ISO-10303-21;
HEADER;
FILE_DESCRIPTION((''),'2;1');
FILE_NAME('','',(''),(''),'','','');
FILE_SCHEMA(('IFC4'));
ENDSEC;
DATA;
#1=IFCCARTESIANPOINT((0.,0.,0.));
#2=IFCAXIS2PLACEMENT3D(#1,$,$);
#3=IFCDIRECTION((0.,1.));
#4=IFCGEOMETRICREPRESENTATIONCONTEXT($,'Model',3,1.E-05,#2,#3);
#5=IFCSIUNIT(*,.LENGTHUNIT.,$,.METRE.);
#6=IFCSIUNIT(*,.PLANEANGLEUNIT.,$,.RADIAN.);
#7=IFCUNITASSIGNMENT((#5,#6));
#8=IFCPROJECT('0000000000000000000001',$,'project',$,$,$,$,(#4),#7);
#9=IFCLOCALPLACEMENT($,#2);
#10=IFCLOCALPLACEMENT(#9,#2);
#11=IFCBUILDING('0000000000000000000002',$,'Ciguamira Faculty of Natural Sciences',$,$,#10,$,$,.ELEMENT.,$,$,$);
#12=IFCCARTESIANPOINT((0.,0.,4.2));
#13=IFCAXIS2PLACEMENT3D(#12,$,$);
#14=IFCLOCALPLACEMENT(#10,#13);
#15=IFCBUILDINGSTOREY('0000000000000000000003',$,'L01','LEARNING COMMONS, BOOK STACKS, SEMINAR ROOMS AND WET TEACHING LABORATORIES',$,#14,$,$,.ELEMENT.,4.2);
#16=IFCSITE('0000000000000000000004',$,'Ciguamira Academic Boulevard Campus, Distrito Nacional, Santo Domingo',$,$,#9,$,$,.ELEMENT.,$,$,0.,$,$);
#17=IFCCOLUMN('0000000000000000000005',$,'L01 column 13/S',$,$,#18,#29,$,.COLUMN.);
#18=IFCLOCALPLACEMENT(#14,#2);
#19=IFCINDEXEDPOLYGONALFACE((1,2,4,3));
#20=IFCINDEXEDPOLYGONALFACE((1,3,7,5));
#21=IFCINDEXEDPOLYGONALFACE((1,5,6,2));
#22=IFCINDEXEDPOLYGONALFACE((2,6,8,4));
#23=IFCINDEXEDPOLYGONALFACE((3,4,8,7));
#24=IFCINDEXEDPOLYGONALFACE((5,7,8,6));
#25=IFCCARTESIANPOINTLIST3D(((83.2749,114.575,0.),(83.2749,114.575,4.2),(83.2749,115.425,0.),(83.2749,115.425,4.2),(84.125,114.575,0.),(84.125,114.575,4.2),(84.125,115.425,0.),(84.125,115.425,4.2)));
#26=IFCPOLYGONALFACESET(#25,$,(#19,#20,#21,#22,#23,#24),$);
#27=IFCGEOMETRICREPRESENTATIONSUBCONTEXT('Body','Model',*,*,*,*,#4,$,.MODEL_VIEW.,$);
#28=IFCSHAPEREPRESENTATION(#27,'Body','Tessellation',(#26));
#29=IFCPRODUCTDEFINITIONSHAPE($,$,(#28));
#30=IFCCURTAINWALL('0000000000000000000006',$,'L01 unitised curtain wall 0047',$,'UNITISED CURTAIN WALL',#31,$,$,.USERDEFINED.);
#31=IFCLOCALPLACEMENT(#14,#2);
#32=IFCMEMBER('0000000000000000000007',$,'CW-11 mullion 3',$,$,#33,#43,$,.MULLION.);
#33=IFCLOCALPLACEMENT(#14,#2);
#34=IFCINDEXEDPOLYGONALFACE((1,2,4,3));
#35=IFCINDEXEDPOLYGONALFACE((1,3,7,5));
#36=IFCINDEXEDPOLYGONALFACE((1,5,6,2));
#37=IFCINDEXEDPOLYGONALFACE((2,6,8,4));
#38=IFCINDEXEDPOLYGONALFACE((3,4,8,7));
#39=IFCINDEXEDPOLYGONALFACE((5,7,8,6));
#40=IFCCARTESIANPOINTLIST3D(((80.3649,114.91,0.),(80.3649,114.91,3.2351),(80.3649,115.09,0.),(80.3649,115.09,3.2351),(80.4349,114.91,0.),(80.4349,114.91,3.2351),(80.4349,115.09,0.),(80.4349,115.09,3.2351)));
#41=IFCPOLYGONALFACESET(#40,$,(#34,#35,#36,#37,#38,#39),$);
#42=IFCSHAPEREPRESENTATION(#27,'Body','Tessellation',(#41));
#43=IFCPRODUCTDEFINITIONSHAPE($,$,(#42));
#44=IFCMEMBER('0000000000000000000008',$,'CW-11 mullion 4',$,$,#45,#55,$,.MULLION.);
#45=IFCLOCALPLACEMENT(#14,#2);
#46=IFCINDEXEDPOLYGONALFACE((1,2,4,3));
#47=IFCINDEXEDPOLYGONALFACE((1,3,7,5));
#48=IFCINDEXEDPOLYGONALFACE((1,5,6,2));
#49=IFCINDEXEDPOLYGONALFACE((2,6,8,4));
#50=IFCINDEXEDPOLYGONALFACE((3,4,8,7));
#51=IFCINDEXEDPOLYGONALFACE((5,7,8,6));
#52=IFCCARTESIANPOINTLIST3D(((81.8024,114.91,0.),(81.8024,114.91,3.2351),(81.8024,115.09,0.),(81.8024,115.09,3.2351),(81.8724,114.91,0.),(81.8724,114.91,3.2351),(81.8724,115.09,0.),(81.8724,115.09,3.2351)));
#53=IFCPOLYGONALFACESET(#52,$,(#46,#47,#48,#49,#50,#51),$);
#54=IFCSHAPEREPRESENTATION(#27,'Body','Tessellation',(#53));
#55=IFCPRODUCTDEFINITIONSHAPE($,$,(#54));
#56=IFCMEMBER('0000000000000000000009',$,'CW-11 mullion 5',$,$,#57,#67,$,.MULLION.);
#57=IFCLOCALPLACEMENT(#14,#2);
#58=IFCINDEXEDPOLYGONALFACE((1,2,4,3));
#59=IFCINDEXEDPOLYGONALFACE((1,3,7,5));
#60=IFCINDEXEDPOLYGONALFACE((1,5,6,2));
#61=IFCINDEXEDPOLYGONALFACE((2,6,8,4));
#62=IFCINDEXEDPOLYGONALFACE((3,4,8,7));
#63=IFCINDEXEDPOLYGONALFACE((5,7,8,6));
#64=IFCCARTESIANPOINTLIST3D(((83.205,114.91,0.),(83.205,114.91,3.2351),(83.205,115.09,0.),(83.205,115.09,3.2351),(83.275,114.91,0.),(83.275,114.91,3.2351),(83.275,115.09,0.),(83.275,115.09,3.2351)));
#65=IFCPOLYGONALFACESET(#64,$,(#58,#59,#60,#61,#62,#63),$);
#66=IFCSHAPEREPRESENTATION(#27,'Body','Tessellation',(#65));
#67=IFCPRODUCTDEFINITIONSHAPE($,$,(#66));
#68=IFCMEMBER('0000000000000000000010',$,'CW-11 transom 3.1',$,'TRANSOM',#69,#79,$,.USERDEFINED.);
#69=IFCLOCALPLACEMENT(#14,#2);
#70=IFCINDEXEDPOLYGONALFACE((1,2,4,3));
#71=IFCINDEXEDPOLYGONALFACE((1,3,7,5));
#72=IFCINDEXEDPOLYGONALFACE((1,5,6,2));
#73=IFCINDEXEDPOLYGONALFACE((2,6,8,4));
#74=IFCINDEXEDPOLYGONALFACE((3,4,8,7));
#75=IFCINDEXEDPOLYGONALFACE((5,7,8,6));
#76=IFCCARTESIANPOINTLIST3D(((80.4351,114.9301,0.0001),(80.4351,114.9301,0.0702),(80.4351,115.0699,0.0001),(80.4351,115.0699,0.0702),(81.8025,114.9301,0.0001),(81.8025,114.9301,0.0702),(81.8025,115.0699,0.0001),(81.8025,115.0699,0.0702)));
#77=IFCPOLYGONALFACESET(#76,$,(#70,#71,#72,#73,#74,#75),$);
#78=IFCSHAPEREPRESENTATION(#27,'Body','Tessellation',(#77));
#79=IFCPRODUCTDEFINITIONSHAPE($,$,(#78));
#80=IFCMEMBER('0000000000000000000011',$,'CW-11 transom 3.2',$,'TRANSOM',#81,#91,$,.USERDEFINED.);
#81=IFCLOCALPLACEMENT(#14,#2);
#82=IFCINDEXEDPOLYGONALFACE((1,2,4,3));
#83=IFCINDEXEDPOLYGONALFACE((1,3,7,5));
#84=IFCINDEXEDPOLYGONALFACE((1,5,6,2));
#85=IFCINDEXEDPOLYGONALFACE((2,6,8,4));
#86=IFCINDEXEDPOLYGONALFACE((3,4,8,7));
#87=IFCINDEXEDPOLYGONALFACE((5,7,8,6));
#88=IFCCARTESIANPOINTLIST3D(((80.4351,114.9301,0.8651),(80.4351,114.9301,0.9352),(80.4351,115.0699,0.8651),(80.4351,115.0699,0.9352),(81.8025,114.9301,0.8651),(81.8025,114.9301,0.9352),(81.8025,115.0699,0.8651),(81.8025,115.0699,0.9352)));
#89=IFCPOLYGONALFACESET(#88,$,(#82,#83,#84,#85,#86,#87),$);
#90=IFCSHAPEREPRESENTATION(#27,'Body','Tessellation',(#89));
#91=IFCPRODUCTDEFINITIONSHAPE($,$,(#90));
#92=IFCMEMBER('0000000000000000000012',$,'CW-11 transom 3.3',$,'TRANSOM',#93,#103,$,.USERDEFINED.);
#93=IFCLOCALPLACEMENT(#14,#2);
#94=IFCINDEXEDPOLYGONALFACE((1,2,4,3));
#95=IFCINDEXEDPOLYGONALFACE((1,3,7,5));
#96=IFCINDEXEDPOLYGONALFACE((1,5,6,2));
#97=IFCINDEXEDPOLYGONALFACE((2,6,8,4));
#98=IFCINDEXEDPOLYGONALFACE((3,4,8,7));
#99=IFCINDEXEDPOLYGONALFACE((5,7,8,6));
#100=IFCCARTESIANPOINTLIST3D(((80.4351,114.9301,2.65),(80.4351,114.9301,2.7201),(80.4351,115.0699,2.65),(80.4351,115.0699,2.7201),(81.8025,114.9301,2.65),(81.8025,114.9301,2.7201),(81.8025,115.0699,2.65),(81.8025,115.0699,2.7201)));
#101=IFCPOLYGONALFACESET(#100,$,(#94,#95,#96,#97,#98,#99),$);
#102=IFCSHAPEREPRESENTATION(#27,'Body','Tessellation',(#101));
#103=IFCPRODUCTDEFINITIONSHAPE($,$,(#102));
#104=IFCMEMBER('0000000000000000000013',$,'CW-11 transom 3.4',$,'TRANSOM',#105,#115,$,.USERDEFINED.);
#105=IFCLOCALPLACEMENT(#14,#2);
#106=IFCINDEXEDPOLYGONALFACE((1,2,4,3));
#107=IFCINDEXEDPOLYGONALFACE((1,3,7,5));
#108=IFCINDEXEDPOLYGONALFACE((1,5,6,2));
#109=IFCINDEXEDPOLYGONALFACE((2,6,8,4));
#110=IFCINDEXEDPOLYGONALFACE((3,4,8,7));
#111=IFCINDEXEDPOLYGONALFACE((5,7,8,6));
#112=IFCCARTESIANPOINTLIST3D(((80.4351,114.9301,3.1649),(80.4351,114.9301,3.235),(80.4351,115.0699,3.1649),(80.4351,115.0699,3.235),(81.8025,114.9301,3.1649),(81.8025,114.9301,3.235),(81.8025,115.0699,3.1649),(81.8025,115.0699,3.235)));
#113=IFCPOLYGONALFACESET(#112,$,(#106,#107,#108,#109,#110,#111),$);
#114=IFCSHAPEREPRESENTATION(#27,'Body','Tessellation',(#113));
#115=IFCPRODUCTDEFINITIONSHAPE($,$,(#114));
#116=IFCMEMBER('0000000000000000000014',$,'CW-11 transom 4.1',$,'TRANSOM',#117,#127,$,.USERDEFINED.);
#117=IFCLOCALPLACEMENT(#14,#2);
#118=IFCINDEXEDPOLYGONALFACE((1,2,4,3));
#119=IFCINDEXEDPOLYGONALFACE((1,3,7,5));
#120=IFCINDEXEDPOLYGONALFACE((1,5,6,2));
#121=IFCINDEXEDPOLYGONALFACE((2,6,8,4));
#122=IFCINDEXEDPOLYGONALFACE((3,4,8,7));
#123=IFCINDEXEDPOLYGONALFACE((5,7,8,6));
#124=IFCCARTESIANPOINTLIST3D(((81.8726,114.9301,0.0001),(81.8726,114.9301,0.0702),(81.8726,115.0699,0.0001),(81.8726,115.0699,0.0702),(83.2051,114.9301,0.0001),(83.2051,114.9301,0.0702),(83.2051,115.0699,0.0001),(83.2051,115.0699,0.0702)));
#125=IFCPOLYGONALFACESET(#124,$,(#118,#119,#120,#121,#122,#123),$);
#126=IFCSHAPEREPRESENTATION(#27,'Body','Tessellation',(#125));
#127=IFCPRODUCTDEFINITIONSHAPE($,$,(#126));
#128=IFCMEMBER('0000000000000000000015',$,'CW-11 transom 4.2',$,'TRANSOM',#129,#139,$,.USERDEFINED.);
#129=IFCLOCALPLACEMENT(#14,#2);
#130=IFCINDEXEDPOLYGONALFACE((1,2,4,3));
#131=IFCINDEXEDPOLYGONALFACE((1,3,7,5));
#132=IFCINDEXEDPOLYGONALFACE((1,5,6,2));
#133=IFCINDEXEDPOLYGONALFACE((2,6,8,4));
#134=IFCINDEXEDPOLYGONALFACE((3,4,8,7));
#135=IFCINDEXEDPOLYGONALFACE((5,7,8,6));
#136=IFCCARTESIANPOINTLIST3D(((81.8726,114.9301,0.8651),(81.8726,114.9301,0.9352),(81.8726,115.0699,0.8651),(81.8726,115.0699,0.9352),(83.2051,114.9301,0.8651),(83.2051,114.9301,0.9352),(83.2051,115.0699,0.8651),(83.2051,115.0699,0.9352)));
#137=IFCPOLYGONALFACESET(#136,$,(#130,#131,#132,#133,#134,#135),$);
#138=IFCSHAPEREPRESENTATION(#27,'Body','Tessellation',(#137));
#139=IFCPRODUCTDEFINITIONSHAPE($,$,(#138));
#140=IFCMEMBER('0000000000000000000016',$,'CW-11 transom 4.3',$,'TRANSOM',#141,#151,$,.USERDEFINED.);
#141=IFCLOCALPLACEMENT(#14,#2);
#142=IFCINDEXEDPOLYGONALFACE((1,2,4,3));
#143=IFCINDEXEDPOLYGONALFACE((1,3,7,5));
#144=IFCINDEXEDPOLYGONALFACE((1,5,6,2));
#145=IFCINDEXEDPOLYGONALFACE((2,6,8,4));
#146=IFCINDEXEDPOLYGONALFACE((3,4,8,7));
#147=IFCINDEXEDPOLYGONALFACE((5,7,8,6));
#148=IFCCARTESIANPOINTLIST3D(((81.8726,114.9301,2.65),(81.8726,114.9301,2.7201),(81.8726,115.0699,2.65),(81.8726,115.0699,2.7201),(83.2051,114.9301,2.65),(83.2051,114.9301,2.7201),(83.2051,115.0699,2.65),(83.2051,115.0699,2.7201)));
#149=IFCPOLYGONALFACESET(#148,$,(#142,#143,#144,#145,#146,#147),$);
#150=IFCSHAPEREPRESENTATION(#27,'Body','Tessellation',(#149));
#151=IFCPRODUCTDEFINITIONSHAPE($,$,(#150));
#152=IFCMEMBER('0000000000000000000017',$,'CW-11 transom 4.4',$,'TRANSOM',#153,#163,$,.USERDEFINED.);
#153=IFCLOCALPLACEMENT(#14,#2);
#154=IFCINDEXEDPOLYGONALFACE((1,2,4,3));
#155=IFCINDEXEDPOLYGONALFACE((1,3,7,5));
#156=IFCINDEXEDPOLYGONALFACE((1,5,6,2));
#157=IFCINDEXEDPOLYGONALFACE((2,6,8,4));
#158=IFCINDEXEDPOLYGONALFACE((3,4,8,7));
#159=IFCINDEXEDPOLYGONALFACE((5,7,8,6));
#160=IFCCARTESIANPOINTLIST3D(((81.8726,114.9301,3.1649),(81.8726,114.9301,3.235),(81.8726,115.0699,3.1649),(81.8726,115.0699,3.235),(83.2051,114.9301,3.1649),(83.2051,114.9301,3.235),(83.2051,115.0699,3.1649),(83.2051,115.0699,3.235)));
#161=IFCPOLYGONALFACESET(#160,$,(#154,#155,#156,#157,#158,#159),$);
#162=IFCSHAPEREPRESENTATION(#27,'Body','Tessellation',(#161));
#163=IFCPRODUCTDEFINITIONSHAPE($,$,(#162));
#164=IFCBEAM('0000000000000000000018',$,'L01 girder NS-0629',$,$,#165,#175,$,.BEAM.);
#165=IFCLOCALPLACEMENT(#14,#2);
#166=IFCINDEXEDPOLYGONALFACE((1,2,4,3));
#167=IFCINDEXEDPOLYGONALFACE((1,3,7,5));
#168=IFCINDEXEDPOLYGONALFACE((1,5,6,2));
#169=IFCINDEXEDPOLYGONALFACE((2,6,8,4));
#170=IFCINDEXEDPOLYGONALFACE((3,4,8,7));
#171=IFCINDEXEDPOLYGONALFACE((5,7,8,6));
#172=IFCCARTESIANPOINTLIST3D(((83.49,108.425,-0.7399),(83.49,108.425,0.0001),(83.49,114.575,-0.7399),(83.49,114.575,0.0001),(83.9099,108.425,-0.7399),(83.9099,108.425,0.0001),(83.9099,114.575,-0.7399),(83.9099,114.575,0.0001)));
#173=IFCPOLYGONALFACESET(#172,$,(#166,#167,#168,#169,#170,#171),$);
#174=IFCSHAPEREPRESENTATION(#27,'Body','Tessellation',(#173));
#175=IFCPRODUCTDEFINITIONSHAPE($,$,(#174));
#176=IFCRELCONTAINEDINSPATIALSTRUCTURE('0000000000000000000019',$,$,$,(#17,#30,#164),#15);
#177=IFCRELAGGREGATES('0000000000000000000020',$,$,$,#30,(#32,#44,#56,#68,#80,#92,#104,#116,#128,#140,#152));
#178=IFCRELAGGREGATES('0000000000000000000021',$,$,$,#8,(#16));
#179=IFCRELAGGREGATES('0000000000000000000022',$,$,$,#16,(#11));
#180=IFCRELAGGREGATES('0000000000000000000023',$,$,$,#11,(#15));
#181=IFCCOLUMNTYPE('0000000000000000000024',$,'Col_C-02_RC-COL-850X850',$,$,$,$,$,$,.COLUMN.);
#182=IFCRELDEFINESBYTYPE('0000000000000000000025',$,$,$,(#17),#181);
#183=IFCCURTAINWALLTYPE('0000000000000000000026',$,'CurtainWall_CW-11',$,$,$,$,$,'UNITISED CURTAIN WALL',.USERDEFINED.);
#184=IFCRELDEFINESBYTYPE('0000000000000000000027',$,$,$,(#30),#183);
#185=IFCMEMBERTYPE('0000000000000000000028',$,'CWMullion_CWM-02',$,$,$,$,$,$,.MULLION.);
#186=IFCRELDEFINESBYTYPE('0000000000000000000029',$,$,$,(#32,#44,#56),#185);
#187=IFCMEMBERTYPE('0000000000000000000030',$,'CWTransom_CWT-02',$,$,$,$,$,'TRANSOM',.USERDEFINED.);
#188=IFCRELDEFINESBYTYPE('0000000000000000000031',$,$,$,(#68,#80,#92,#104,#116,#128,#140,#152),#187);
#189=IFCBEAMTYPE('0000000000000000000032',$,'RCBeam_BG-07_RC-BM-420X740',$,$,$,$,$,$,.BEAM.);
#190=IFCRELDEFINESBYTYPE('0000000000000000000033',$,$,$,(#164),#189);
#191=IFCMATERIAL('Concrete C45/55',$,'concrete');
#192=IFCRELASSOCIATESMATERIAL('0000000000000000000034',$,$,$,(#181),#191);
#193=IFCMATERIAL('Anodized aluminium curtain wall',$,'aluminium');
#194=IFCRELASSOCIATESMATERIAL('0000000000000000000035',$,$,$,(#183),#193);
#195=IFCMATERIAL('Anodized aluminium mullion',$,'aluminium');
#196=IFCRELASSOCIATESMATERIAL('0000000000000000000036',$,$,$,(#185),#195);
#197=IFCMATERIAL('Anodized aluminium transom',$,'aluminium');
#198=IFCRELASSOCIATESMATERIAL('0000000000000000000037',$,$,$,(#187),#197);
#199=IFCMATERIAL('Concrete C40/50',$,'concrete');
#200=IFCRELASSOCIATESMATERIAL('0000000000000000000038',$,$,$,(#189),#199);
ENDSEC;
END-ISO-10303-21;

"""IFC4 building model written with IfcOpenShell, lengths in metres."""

from ifc_helpers import new_model, si_unit, direction, frame, origin, origin_2d, place, context, subcontext, project, spatial, rectangle, extrude, material, material_profile, profile_set, type_object, element, aggregate, save


model = new_model("IFC4")

# Units and contexts
model_context = context("Model", 3, precision=1e-05, world=origin(), true_north=direction((0.0, 1.0)))
body_context = subcontext(model_context, "Body", "Model", "MODEL_VIEW")
ifc_project = project(units=[si_unit("LENGTHUNIT", "METRE"), si_unit("PLANEANGLEUNIT", "RADIAN")], contexts=[model_context])

# Site, building, storey
site_placement = place(None, origin())
site = spatial("IfcSite", under=ifc_project, at=site_placement, Name="Ciguamira Academic Boulevard Campus, Distrito Nacional, Santo Domingo", CompositionType="ELEMENT", RefElevation=0.0)
building_placement = place(site_placement, origin())
building = spatial("IfcBuilding", under=site, at=building_placement, Name="Ciguamira Faculty of Natural Sciences", CompositionType="ELEMENT")
storey_placement = place(building_placement, frame((0.0, 0.0, 4.2)))
storey = spatial("IfcBuildingStorey", under=building, at=storey_placement, Name="L01", Description="LEARNING COMMONS, BOOK STACKS, SEMINAR ROOMS AND WET TEACHING LABORATORIES", CompositionType="ELEMENT", Elevation=4.2)

# Column
ifc_material_1 = material(Name="Concrete C45/55", Category="concrete")
ifc_material_profile_1 = material_profile(ifc_material_1, rectangle(XDim=0.8501, YDim=0.8501, at=origin_2d()), Name="RC-COL-850X850")
ifc_profile_set_1 = profile_set([ifc_material_profile_1], Name="Concrete C45/55")
column_type = type_object("IfcColumnType", Name="Col_C-02_RC-COL-850X850", PredefinedType="COLUMN", material=ifc_profile_set_1)
column_placement = place(storey_placement, frame((83.7, 115.0, 0.0), z_axis=(0.0, 0.0, 1.0), x_axis=(1.0, 0.0, 0.0)))
element("IfcColumn", 1, at=column_placement, inside=storey, type_object=column_type, Name="L01 column 13/S", PredefinedType="COLUMN", context=body_context, shape_type="SweptSolid", body=[
    extrude(rectangle(XDim=0.8501, YDim=0.8501, at=origin_2d()), origin(), (0.0, 0.0, 1.0), 4.2),
])

# Curtain wall, members
ifc_material_2 = material(Name="Anodized aluminium curtain wall", Category="aluminium")
curtain_wall_type = type_object("IfcCurtainWallType", Name="CurtainWall_CW-11", ElementType="UNITISED CURTAIN WALL", PredefinedType="USERDEFINED", material=ifc_material_2)
curtain_wall_placement = place(storey_placement, origin())
curtain_wall = element("IfcCurtainWall", 2, at=curtain_wall_placement, inside=storey, type_object=curtain_wall_type, Name="L01 unitised curtain wall 0047", ObjectType="UNITISED CURTAIN WALL", PredefinedType="USERDEFINED")
ifc_material_3 = material(Name="Anodized aluminium mullion", Category="aluminium")
ifc_material_profile_2 = material_profile(ifc_material_3, rectangle(XDim=0.0701, YDim=0.1799, at=origin_2d()), Name="ALU-MUL-70X180")
ifc_profile_set_2 = profile_set([ifc_material_profile_2], Name="Anodized aluminium mullion")
member_type_1 = type_object("IfcMemberType", Name="CWMullion_CWM-02", PredefinedType="MULLION", material=ifc_profile_set_2)
member_1_placement = place(storey_placement, frame((80.3999, 115.0, 0.0), z_axis=(0.0, 0.0, 1.0), x_axis=(1.0, 0.0, 0.0)))
member_1 = element("IfcMember", 3, at=member_1_placement, type_object=member_type_1, Name="CW-11 mullion 3", PredefinedType="MULLION", context=body_context, shape_type="SweptSolid", body=[
    extrude(rectangle(XDim=0.0701, YDim=0.1799, at=origin_2d()), origin(), (0.0, 0.0, 1.0), 3.2351),
])
member_2_placement = place(storey_placement, frame((81.8374, 115.0, 0.0), z_axis=(0.0, 0.0, 1.0), x_axis=(1.0, 0.0, 0.0)))
member_2 = element("IfcMember", 4, at=member_2_placement, type_object=member_type_1, Name="CW-11 mullion 4", PredefinedType="MULLION", context=body_context, shape_type="SweptSolid", body=[
    extrude(rectangle(XDim=0.0701, YDim=0.1799, at=origin_2d()), origin(), (0.0, 0.0, 1.0), 3.2351),
])
member_3_placement = place(storey_placement, frame((83.24, 115.0, 0.0), z_axis=(0.0, 0.0, 1.0), x_axis=(1.0, 0.0, 0.0)))
member_3 = element("IfcMember", 5, at=member_3_placement, type_object=member_type_1, Name="CW-11 mullion 5", PredefinedType="MULLION", context=body_context, shape_type="SweptSolid", body=[
    extrude(rectangle(XDim=0.0701, YDim=0.1799, at=origin_2d()), origin(), (0.0, 0.0, 1.0), 3.2351),
])
ifc_material_4 = material(Name="Anodized aluminium transom", Category="aluminium")
ifc_material_profile_3 = material_profile(ifc_material_4, rectangle(XDim=0.0701, YDim=0.1399, at=origin_2d()), Name="ALU-TRN-70X140")
ifc_profile_set_3 = profile_set([ifc_material_profile_3], Name="Anodized aluminium transom")
member_type_2 = type_object("IfcMemberType", Name="CWTransom_CWT-02", ElementType="TRANSOM", PredefinedType="USERDEFINED", material=ifc_profile_set_3)
member_4_placement = place(storey_placement, frame((80.4351, 115.0, 0.0352), z_axis=(1.0, 0.0, 0.0), x_axis=(0.0, 0.0, 1.0)))
member_4 = element("IfcMember", 6, at=member_4_placement, type_object=member_type_2, Name="CW-11 transom 3.1", ObjectType="TRANSOM", PredefinedType="USERDEFINED", context=body_context, shape_type="SweptSolid", body=[
    extrude(rectangle(XDim=0.0701, YDim=0.1399, at=origin_2d()), origin(), (0.0, 0.0, 1.0), 1.3674),
])
member_5_placement = place(storey_placement, frame((80.4351, 115.0, 0.9001), z_axis=(1.0, 0.0, 0.0), x_axis=(0.0, 0.0, 1.0)))
member_5 = element("IfcMember", 7, at=member_5_placement, type_object=member_type_2, Name="CW-11 transom 3.2", ObjectType="TRANSOM", PredefinedType="USERDEFINED", context=body_context, shape_type="SweptSolid", body=[
    extrude(rectangle(XDim=0.0701, YDim=0.1399, at=origin_2d()), origin(), (0.0, 0.0, 1.0), 1.3674),
])
member_6_placement = place(storey_placement, frame((80.4351, 115.0, 2.6851), z_axis=(1.0, 0.0, 0.0), x_axis=(0.0, 0.0, 1.0)))
member_6 = element("IfcMember", 8, at=member_6_placement, type_object=member_type_2, Name="CW-11 transom 3.3", ObjectType="TRANSOM", PredefinedType="USERDEFINED", context=body_context, shape_type="SweptSolid", body=[
    extrude(rectangle(XDim=0.0701, YDim=0.1399, at=origin_2d()), origin(), (0.0, 0.0, 1.0), 1.3674),
])
member_7_placement = place(storey_placement, frame((80.4351, 115.0, 3.2), z_axis=(1.0, 0.0, 0.0), x_axis=(0.0, 0.0, 1.0)))
member_7 = element("IfcMember", 9, at=member_7_placement, type_object=member_type_2, Name="CW-11 transom 3.4", ObjectType="TRANSOM", PredefinedType="USERDEFINED", context=body_context, shape_type="SweptSolid", body=[
    extrude(rectangle(XDim=0.0701, YDim=0.1399, at=origin_2d()), origin(), (0.0, 0.0, 1.0), 1.3674),
])
member_8_placement = place(storey_placement, frame((81.8726, 115.0, 0.0352), z_axis=(1.0, 0.0, 0.0), x_axis=(0.0, 0.0, 1.0)))
member_8 = element("IfcMember", 10, at=member_8_placement, type_object=member_type_2, Name="CW-11 transom 4.1", ObjectType="TRANSOM", PredefinedType="USERDEFINED", context=body_context, shape_type="SweptSolid", body=[
    extrude(rectangle(XDim=0.0701, YDim=0.1399, at=origin_2d()), origin(), (0.0, 0.0, 1.0), 1.3325),
])
member_9_placement = place(storey_placement, frame((81.8726, 115.0, 0.9001), z_axis=(1.0, 0.0, 0.0), x_axis=(0.0, 0.0, 1.0)))
member_9 = element("IfcMember", 11, at=member_9_placement, type_object=member_type_2, Name="CW-11 transom 4.2", ObjectType="TRANSOM", PredefinedType="USERDEFINED", context=body_context, shape_type="SweptSolid", body=[
    extrude(rectangle(XDim=0.0701, YDim=0.1399, at=origin_2d()), origin(), (0.0, 0.0, 1.0), 1.3325),
])
member_10_placement = place(storey_placement, frame((81.8726, 115.0, 2.6851), z_axis=(1.0, 0.0, 0.0), x_axis=(0.0, 0.0, 1.0)))
member_10 = element("IfcMember", 12, at=member_10_placement, type_object=member_type_2, Name="CW-11 transom 4.3", ObjectType="TRANSOM", PredefinedType="USERDEFINED", context=body_context, shape_type="SweptSolid", body=[
    extrude(rectangle(XDim=0.0701, YDim=0.1399, at=origin_2d()), origin(), (0.0, 0.0, 1.0), 1.3325),
])
member_11_placement = place(storey_placement, frame((81.8726, 115.0, 3.2), z_axis=(1.0, 0.0, 0.0), x_axis=(0.0, 0.0, 1.0)))
member_11 = element("IfcMember", 13, at=member_11_placement, type_object=member_type_2, Name="CW-11 transom 4.4", ObjectType="TRANSOM", PredefinedType="USERDEFINED", context=body_context, shape_type="SweptSolid", body=[
    extrude(rectangle(XDim=0.0701, YDim=0.1399, at=origin_2d()), origin(), (0.0, 0.0, 1.0), 1.3325),
])

# Beam
ifc_material_5 = material(Name="Concrete C40/50", Category="concrete")
ifc_material_profile_4 = material_profile(ifc_material_5, rectangle(XDim=0.4199, YDim=0.74, at=origin_2d()), Name="RC-BM-420X740")
ifc_profile_set_4 = profile_set([ifc_material_profile_4], Name="Concrete C40/50")
beam_type_1 = type_object("IfcBeamType", Name="RCBeam_BG-07_RC-BM-420X740", PredefinedType="BEAM", material=ifc_profile_set_4)
beam_1_placement = place(storey_placement, frame((83.7, 108.425, -0.3699), z_axis=(0.0, 1.0, 0.0), x_axis=(-1.0, 0.0, 0.0)))
element("IfcBeam", 14, at=beam_1_placement, inside=storey, type_object=beam_type_1, Name="L01 girder NS-0629", PredefinedType="BEAM", context=body_context, shape_type="SweptSolid", body=[
    extrude(rectangle(XDim=0.4199, YDim=0.74, at=origin_2d()), origin(), (0.0, 0.0, 1.0), 6.1499),
])

aggregate(curtain_wall, [member_1, member_2, member_3, member_4, member_5, member_6, member_7, member_8, member_9, member_10, member_11])

save(model, "model.ifc")
